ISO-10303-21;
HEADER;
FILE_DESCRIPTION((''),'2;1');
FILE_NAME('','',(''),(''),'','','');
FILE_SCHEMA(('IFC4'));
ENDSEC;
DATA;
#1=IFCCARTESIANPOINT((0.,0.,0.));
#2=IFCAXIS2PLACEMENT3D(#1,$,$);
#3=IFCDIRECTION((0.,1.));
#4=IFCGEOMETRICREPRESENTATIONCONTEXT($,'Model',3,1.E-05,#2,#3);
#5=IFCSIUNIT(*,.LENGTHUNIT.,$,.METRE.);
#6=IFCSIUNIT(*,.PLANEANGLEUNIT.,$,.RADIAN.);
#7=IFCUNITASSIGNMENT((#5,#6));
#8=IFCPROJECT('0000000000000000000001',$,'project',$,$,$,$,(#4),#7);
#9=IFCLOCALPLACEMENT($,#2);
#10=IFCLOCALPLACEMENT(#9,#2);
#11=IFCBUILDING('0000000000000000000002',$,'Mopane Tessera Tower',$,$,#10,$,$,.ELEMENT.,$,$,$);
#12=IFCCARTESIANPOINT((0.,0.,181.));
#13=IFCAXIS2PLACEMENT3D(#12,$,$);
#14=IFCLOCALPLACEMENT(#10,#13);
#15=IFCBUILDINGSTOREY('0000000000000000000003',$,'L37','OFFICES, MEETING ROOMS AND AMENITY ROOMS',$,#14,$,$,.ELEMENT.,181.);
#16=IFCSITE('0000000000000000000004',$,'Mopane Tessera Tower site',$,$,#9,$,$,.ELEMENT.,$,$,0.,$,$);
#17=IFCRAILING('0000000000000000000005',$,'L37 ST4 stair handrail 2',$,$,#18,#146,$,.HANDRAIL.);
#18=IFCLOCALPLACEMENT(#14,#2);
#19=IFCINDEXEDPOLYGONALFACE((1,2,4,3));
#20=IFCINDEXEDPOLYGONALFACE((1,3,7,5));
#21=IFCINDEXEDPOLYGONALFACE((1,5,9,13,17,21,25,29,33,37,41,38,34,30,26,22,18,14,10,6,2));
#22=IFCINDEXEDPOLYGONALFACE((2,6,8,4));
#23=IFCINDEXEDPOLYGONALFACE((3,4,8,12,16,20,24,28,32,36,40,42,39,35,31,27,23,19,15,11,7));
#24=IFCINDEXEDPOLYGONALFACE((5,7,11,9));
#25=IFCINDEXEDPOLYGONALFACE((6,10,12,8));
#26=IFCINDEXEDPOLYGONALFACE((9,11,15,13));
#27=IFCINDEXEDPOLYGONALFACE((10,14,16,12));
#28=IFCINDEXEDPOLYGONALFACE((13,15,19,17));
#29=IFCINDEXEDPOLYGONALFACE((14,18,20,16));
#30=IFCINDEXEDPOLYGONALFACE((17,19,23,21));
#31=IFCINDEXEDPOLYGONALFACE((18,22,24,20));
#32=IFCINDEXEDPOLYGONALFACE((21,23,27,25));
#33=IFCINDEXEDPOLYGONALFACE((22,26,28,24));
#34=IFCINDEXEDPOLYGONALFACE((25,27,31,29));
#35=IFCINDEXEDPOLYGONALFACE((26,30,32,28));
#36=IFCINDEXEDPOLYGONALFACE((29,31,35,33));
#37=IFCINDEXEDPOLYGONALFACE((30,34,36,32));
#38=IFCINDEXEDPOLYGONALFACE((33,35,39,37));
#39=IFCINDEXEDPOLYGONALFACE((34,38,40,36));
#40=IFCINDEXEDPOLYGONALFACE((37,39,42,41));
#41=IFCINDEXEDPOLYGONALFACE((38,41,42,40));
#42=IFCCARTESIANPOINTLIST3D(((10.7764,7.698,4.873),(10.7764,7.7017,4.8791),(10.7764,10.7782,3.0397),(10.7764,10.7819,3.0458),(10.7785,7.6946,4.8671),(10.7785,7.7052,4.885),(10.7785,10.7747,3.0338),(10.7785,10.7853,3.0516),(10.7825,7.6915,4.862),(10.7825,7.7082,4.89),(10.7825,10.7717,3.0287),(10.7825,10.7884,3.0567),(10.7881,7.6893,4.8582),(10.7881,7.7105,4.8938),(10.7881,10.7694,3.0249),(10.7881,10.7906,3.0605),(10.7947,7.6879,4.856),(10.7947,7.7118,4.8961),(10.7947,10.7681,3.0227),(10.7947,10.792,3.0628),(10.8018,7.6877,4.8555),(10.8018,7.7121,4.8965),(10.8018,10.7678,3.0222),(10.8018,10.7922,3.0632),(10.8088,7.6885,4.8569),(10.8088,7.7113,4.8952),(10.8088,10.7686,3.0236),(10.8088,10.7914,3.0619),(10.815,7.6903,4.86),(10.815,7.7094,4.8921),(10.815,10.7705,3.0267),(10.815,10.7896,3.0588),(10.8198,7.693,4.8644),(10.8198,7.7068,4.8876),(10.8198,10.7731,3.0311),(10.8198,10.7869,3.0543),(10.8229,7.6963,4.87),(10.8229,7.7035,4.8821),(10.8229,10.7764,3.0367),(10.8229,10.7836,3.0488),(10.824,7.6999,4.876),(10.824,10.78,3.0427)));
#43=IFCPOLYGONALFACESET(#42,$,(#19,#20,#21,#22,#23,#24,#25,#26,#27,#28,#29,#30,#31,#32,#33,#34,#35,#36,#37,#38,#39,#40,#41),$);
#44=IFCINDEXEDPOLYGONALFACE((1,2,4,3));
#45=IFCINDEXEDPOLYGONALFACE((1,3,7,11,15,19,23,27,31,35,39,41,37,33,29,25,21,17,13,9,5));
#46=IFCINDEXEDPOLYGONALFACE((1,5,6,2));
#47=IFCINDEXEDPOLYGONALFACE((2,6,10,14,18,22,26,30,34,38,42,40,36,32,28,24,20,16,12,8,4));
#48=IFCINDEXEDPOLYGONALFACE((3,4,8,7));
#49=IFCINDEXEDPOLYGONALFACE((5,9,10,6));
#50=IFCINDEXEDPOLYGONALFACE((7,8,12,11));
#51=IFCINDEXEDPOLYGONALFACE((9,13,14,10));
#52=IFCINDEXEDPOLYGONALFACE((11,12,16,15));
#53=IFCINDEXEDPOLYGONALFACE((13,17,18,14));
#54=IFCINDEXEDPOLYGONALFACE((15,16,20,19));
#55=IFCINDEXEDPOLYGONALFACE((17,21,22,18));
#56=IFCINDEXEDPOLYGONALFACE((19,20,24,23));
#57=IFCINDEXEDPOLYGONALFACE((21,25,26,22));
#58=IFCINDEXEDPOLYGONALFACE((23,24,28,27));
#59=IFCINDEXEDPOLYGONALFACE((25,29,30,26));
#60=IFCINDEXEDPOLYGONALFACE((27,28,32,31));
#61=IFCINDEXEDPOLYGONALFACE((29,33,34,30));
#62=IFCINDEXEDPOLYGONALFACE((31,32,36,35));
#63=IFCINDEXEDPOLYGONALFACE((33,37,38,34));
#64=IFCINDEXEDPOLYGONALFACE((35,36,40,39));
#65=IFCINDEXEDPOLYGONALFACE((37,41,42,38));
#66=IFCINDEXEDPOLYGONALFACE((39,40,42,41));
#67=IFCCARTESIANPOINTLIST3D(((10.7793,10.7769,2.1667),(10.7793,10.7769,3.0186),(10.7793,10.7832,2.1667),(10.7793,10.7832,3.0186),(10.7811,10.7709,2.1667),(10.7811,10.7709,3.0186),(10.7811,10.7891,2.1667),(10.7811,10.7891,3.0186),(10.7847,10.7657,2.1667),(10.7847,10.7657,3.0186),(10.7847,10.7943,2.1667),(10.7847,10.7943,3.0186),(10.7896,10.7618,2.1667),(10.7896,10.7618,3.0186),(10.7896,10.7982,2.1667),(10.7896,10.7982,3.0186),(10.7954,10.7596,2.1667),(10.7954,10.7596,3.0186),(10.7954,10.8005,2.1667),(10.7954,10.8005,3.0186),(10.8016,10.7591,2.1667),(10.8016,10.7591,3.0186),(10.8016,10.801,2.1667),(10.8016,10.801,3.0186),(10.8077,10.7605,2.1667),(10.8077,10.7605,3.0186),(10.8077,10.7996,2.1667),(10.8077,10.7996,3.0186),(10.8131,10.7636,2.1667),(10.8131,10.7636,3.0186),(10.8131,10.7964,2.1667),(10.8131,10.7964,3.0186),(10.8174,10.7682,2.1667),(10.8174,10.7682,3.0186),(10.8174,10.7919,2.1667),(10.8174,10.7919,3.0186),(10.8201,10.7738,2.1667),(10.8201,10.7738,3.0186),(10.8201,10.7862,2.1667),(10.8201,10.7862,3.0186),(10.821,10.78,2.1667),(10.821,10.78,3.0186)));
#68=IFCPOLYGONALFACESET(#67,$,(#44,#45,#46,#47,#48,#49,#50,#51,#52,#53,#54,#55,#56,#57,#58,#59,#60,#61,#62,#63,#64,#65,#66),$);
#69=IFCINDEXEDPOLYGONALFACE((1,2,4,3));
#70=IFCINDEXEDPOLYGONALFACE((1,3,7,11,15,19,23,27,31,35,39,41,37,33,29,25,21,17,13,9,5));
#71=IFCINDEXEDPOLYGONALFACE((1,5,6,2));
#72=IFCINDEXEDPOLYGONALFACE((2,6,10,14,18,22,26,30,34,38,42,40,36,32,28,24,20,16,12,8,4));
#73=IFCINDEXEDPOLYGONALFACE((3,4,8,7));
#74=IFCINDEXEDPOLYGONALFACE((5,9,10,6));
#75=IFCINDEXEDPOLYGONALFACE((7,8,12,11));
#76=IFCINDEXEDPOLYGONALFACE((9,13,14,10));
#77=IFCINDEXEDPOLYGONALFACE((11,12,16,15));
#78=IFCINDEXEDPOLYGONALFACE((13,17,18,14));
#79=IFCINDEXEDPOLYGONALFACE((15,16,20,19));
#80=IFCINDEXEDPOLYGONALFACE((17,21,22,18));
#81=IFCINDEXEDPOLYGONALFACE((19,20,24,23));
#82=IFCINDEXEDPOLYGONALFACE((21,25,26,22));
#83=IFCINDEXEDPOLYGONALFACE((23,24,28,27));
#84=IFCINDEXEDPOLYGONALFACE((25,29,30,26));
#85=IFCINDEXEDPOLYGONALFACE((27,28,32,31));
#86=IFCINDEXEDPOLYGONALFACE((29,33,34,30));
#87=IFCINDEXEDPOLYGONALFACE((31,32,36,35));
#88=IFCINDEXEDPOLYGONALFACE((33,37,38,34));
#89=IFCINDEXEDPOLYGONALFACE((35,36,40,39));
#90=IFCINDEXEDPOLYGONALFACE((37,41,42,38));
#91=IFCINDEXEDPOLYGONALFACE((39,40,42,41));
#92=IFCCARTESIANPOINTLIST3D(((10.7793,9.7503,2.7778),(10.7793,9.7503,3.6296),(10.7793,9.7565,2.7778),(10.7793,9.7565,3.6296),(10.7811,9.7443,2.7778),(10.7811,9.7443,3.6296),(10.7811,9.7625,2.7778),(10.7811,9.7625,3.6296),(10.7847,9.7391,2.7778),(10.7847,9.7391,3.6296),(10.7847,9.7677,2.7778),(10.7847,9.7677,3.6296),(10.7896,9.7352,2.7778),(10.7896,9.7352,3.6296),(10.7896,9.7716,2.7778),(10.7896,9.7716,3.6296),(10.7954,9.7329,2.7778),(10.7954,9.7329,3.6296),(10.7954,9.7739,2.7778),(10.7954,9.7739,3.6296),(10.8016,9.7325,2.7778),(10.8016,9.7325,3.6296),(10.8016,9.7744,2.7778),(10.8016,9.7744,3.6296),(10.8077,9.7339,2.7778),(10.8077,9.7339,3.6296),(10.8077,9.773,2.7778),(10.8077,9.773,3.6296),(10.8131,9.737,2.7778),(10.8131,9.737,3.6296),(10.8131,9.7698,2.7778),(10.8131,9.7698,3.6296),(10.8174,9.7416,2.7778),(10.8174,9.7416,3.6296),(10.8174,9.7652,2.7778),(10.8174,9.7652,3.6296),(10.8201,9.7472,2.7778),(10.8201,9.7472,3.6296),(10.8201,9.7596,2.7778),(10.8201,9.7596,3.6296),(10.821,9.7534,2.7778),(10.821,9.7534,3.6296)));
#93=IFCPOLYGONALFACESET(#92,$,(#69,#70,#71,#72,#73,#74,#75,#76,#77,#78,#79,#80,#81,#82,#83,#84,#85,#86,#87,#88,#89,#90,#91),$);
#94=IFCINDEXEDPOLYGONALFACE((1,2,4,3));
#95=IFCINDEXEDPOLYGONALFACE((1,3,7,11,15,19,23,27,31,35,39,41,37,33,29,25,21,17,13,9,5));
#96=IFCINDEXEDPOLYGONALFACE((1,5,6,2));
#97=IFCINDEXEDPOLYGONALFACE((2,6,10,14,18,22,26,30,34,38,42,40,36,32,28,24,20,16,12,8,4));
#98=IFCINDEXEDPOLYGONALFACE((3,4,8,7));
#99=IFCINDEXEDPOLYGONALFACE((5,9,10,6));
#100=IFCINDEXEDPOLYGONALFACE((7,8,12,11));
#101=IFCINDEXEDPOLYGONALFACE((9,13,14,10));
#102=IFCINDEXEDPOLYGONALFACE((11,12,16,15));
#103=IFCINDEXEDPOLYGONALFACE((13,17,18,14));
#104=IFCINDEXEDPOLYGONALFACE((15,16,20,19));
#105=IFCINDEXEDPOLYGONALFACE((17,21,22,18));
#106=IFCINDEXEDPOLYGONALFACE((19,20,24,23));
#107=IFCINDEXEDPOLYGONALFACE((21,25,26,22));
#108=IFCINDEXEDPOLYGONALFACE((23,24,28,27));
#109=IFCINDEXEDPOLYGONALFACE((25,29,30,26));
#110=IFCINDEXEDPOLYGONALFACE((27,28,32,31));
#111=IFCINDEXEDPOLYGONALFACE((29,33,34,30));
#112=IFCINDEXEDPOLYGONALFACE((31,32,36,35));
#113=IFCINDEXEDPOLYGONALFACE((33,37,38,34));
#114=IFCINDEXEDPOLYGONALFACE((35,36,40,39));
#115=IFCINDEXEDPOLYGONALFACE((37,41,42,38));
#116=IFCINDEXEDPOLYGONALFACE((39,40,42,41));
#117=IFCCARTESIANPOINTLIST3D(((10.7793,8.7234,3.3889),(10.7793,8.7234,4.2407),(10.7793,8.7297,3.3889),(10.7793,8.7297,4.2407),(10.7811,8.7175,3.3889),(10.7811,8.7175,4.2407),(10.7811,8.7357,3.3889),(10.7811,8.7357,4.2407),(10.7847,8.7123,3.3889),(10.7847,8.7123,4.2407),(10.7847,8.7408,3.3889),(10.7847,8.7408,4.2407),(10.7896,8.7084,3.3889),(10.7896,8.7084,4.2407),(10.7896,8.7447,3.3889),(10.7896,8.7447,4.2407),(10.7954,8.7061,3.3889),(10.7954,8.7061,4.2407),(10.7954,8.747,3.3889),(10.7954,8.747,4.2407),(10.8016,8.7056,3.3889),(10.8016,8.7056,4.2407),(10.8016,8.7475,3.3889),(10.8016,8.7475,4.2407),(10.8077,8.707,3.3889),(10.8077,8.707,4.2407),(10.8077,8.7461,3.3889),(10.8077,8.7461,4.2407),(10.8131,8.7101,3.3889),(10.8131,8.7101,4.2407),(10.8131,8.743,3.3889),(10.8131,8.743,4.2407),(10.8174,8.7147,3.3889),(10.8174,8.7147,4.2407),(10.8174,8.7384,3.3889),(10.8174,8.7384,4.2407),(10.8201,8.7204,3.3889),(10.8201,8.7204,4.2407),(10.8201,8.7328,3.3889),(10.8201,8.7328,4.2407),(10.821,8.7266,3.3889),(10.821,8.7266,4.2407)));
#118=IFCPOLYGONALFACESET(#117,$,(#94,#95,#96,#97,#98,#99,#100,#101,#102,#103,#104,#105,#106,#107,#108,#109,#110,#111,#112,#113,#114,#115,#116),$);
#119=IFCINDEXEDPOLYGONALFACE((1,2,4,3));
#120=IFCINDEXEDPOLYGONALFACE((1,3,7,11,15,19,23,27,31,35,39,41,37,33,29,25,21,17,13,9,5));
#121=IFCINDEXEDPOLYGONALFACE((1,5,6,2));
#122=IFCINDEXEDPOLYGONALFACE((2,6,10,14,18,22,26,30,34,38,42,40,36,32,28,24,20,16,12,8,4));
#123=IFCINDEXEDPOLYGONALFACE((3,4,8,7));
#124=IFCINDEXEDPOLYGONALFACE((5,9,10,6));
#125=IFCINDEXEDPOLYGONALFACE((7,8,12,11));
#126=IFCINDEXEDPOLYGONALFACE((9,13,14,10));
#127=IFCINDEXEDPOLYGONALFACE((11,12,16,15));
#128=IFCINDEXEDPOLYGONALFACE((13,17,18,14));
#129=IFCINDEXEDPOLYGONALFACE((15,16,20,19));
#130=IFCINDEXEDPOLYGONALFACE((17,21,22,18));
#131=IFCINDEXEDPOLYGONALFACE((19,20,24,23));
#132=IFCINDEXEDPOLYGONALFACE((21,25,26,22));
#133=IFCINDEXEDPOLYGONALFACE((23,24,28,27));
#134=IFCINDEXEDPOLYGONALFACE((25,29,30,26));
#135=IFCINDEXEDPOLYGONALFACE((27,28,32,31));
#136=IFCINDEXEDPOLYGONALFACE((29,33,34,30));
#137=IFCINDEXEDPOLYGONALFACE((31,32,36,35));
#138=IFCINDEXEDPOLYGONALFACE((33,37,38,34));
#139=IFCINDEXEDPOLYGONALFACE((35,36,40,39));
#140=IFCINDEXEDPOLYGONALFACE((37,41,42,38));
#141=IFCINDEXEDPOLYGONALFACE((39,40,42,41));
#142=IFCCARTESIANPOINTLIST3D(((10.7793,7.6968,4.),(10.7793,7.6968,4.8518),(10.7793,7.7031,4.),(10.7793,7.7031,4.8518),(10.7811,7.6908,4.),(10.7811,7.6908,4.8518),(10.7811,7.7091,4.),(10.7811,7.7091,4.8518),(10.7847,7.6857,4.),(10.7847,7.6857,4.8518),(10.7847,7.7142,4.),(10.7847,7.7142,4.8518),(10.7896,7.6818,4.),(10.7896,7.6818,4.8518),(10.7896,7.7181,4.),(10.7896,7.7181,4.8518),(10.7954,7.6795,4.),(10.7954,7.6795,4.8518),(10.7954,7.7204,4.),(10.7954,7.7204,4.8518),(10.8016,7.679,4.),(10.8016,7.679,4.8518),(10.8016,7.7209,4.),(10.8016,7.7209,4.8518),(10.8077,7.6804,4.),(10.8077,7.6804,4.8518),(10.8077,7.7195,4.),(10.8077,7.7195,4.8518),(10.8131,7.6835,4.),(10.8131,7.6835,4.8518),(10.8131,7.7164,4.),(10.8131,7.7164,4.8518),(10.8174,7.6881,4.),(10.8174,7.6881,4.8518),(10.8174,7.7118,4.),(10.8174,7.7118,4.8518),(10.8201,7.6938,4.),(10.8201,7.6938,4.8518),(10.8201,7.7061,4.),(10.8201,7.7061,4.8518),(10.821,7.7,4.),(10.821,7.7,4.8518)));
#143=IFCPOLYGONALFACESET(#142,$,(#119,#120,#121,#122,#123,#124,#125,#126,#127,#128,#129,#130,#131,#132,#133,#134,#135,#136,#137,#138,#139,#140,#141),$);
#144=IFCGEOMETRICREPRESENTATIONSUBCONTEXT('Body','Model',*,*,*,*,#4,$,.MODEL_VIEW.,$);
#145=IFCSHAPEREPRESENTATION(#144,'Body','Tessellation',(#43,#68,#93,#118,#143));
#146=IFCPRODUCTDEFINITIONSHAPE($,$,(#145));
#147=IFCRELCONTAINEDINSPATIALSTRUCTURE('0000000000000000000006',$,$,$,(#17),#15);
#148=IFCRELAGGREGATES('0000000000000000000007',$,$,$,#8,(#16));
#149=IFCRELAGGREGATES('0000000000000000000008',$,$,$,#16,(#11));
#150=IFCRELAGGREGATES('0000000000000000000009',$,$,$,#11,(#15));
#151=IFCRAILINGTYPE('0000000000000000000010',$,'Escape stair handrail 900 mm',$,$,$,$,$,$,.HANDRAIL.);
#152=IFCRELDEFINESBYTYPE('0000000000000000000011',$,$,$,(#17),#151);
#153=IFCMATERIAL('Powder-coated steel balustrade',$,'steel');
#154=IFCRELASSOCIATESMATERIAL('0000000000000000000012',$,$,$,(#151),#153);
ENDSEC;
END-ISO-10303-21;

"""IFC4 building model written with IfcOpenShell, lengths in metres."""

from ifc_helpers import new_model, si_unit, direction, frame, origin, origin_2d, place, context, subcontext, project, spatial, circle, extrude, material, type_object, element, save


model = new_model("IFC4")

# Units and contexts
model_context = context("Model", 3, precision=1e-05, world=origin(), true_north=direction((0.0, 1.0)))
body_context = subcontext(model_context, "Body", "Model", "MODEL_VIEW")
ifc_project = project(units=[si_unit("LENGTHUNIT", "METRE"), si_unit("PLANEANGLEUNIT", "RADIAN")], contexts=[model_context])

# Site, building, storey
site_placement = place(None, origin())
site = spatial("IfcSite", under=ifc_project, at=site_placement, Name="Mopane Tessera Tower site", CompositionType="ELEMENT", RefElevation=0.0)
building_placement = place(site_placement, origin())
building = spatial("IfcBuilding", under=site, at=building_placement, Name="Mopane Tessera Tower", CompositionType="ELEMENT")
storey_placement = place(building_placement, frame((0.0, 0.0, 181.0)))
storey = spatial("IfcBuildingStorey", under=building, at=storey_placement, Name="L37", Description="OFFICES, MEETING ROOMS AND AMENITY ROOMS", CompositionType="ELEMENT", Elevation=181.0)

# Railing
ifc_material_1 = material(Name="Powder-coated steel balustrade", Category="steel")
railing_type_1 = type_object("IfcRailingType", Name="Escape stair handrail 900 mm", PredefinedType="HANDRAIL", material=ifc_material_1)
railing_1_placement = place(storey_placement, frame((10.8, 10.78, 2.1667)))
element("IfcRailing", 1, at=railing_1_placement, inside=storey, type_object=railing_type_1, Name="L37 ST4 stair handrail 2", PredefinedType="HANDRAIL", context=body_context, shape_type="SweptSolid", body=[
    extrude(circle(Radius=0.0239, at=origin_2d()), frame((0.0, 0.0, 0.876), z_axis=(0.0, -0.859309, 0.511458), x_axis=(1.0, 0.0, 0.0)), (0.0, 0.0, 1.0), 3.5845),
    extrude(circle(Radius=0.021, at=origin_2d()), origin(), (0.0, 0.0, 1.0), 0.8518),
    extrude(circle(Radius=0.021, at=origin_2d()), frame((0.0, -1.0266, 0.6111)), (0.0, 0.0, 1.0), 0.8518),
    extrude(circle(Radius=0.021, at=origin_2d()), frame((0.0, -2.0535, 1.2222)), (0.0, 0.0, 1.0), 0.8518),
    extrude(circle(Radius=0.021, at=origin_2d()), frame((0.0, -3.0801, 1.8333)), (0.0, 0.0, 1.0), 0.8518),
])

save(model, "model.ifc")
